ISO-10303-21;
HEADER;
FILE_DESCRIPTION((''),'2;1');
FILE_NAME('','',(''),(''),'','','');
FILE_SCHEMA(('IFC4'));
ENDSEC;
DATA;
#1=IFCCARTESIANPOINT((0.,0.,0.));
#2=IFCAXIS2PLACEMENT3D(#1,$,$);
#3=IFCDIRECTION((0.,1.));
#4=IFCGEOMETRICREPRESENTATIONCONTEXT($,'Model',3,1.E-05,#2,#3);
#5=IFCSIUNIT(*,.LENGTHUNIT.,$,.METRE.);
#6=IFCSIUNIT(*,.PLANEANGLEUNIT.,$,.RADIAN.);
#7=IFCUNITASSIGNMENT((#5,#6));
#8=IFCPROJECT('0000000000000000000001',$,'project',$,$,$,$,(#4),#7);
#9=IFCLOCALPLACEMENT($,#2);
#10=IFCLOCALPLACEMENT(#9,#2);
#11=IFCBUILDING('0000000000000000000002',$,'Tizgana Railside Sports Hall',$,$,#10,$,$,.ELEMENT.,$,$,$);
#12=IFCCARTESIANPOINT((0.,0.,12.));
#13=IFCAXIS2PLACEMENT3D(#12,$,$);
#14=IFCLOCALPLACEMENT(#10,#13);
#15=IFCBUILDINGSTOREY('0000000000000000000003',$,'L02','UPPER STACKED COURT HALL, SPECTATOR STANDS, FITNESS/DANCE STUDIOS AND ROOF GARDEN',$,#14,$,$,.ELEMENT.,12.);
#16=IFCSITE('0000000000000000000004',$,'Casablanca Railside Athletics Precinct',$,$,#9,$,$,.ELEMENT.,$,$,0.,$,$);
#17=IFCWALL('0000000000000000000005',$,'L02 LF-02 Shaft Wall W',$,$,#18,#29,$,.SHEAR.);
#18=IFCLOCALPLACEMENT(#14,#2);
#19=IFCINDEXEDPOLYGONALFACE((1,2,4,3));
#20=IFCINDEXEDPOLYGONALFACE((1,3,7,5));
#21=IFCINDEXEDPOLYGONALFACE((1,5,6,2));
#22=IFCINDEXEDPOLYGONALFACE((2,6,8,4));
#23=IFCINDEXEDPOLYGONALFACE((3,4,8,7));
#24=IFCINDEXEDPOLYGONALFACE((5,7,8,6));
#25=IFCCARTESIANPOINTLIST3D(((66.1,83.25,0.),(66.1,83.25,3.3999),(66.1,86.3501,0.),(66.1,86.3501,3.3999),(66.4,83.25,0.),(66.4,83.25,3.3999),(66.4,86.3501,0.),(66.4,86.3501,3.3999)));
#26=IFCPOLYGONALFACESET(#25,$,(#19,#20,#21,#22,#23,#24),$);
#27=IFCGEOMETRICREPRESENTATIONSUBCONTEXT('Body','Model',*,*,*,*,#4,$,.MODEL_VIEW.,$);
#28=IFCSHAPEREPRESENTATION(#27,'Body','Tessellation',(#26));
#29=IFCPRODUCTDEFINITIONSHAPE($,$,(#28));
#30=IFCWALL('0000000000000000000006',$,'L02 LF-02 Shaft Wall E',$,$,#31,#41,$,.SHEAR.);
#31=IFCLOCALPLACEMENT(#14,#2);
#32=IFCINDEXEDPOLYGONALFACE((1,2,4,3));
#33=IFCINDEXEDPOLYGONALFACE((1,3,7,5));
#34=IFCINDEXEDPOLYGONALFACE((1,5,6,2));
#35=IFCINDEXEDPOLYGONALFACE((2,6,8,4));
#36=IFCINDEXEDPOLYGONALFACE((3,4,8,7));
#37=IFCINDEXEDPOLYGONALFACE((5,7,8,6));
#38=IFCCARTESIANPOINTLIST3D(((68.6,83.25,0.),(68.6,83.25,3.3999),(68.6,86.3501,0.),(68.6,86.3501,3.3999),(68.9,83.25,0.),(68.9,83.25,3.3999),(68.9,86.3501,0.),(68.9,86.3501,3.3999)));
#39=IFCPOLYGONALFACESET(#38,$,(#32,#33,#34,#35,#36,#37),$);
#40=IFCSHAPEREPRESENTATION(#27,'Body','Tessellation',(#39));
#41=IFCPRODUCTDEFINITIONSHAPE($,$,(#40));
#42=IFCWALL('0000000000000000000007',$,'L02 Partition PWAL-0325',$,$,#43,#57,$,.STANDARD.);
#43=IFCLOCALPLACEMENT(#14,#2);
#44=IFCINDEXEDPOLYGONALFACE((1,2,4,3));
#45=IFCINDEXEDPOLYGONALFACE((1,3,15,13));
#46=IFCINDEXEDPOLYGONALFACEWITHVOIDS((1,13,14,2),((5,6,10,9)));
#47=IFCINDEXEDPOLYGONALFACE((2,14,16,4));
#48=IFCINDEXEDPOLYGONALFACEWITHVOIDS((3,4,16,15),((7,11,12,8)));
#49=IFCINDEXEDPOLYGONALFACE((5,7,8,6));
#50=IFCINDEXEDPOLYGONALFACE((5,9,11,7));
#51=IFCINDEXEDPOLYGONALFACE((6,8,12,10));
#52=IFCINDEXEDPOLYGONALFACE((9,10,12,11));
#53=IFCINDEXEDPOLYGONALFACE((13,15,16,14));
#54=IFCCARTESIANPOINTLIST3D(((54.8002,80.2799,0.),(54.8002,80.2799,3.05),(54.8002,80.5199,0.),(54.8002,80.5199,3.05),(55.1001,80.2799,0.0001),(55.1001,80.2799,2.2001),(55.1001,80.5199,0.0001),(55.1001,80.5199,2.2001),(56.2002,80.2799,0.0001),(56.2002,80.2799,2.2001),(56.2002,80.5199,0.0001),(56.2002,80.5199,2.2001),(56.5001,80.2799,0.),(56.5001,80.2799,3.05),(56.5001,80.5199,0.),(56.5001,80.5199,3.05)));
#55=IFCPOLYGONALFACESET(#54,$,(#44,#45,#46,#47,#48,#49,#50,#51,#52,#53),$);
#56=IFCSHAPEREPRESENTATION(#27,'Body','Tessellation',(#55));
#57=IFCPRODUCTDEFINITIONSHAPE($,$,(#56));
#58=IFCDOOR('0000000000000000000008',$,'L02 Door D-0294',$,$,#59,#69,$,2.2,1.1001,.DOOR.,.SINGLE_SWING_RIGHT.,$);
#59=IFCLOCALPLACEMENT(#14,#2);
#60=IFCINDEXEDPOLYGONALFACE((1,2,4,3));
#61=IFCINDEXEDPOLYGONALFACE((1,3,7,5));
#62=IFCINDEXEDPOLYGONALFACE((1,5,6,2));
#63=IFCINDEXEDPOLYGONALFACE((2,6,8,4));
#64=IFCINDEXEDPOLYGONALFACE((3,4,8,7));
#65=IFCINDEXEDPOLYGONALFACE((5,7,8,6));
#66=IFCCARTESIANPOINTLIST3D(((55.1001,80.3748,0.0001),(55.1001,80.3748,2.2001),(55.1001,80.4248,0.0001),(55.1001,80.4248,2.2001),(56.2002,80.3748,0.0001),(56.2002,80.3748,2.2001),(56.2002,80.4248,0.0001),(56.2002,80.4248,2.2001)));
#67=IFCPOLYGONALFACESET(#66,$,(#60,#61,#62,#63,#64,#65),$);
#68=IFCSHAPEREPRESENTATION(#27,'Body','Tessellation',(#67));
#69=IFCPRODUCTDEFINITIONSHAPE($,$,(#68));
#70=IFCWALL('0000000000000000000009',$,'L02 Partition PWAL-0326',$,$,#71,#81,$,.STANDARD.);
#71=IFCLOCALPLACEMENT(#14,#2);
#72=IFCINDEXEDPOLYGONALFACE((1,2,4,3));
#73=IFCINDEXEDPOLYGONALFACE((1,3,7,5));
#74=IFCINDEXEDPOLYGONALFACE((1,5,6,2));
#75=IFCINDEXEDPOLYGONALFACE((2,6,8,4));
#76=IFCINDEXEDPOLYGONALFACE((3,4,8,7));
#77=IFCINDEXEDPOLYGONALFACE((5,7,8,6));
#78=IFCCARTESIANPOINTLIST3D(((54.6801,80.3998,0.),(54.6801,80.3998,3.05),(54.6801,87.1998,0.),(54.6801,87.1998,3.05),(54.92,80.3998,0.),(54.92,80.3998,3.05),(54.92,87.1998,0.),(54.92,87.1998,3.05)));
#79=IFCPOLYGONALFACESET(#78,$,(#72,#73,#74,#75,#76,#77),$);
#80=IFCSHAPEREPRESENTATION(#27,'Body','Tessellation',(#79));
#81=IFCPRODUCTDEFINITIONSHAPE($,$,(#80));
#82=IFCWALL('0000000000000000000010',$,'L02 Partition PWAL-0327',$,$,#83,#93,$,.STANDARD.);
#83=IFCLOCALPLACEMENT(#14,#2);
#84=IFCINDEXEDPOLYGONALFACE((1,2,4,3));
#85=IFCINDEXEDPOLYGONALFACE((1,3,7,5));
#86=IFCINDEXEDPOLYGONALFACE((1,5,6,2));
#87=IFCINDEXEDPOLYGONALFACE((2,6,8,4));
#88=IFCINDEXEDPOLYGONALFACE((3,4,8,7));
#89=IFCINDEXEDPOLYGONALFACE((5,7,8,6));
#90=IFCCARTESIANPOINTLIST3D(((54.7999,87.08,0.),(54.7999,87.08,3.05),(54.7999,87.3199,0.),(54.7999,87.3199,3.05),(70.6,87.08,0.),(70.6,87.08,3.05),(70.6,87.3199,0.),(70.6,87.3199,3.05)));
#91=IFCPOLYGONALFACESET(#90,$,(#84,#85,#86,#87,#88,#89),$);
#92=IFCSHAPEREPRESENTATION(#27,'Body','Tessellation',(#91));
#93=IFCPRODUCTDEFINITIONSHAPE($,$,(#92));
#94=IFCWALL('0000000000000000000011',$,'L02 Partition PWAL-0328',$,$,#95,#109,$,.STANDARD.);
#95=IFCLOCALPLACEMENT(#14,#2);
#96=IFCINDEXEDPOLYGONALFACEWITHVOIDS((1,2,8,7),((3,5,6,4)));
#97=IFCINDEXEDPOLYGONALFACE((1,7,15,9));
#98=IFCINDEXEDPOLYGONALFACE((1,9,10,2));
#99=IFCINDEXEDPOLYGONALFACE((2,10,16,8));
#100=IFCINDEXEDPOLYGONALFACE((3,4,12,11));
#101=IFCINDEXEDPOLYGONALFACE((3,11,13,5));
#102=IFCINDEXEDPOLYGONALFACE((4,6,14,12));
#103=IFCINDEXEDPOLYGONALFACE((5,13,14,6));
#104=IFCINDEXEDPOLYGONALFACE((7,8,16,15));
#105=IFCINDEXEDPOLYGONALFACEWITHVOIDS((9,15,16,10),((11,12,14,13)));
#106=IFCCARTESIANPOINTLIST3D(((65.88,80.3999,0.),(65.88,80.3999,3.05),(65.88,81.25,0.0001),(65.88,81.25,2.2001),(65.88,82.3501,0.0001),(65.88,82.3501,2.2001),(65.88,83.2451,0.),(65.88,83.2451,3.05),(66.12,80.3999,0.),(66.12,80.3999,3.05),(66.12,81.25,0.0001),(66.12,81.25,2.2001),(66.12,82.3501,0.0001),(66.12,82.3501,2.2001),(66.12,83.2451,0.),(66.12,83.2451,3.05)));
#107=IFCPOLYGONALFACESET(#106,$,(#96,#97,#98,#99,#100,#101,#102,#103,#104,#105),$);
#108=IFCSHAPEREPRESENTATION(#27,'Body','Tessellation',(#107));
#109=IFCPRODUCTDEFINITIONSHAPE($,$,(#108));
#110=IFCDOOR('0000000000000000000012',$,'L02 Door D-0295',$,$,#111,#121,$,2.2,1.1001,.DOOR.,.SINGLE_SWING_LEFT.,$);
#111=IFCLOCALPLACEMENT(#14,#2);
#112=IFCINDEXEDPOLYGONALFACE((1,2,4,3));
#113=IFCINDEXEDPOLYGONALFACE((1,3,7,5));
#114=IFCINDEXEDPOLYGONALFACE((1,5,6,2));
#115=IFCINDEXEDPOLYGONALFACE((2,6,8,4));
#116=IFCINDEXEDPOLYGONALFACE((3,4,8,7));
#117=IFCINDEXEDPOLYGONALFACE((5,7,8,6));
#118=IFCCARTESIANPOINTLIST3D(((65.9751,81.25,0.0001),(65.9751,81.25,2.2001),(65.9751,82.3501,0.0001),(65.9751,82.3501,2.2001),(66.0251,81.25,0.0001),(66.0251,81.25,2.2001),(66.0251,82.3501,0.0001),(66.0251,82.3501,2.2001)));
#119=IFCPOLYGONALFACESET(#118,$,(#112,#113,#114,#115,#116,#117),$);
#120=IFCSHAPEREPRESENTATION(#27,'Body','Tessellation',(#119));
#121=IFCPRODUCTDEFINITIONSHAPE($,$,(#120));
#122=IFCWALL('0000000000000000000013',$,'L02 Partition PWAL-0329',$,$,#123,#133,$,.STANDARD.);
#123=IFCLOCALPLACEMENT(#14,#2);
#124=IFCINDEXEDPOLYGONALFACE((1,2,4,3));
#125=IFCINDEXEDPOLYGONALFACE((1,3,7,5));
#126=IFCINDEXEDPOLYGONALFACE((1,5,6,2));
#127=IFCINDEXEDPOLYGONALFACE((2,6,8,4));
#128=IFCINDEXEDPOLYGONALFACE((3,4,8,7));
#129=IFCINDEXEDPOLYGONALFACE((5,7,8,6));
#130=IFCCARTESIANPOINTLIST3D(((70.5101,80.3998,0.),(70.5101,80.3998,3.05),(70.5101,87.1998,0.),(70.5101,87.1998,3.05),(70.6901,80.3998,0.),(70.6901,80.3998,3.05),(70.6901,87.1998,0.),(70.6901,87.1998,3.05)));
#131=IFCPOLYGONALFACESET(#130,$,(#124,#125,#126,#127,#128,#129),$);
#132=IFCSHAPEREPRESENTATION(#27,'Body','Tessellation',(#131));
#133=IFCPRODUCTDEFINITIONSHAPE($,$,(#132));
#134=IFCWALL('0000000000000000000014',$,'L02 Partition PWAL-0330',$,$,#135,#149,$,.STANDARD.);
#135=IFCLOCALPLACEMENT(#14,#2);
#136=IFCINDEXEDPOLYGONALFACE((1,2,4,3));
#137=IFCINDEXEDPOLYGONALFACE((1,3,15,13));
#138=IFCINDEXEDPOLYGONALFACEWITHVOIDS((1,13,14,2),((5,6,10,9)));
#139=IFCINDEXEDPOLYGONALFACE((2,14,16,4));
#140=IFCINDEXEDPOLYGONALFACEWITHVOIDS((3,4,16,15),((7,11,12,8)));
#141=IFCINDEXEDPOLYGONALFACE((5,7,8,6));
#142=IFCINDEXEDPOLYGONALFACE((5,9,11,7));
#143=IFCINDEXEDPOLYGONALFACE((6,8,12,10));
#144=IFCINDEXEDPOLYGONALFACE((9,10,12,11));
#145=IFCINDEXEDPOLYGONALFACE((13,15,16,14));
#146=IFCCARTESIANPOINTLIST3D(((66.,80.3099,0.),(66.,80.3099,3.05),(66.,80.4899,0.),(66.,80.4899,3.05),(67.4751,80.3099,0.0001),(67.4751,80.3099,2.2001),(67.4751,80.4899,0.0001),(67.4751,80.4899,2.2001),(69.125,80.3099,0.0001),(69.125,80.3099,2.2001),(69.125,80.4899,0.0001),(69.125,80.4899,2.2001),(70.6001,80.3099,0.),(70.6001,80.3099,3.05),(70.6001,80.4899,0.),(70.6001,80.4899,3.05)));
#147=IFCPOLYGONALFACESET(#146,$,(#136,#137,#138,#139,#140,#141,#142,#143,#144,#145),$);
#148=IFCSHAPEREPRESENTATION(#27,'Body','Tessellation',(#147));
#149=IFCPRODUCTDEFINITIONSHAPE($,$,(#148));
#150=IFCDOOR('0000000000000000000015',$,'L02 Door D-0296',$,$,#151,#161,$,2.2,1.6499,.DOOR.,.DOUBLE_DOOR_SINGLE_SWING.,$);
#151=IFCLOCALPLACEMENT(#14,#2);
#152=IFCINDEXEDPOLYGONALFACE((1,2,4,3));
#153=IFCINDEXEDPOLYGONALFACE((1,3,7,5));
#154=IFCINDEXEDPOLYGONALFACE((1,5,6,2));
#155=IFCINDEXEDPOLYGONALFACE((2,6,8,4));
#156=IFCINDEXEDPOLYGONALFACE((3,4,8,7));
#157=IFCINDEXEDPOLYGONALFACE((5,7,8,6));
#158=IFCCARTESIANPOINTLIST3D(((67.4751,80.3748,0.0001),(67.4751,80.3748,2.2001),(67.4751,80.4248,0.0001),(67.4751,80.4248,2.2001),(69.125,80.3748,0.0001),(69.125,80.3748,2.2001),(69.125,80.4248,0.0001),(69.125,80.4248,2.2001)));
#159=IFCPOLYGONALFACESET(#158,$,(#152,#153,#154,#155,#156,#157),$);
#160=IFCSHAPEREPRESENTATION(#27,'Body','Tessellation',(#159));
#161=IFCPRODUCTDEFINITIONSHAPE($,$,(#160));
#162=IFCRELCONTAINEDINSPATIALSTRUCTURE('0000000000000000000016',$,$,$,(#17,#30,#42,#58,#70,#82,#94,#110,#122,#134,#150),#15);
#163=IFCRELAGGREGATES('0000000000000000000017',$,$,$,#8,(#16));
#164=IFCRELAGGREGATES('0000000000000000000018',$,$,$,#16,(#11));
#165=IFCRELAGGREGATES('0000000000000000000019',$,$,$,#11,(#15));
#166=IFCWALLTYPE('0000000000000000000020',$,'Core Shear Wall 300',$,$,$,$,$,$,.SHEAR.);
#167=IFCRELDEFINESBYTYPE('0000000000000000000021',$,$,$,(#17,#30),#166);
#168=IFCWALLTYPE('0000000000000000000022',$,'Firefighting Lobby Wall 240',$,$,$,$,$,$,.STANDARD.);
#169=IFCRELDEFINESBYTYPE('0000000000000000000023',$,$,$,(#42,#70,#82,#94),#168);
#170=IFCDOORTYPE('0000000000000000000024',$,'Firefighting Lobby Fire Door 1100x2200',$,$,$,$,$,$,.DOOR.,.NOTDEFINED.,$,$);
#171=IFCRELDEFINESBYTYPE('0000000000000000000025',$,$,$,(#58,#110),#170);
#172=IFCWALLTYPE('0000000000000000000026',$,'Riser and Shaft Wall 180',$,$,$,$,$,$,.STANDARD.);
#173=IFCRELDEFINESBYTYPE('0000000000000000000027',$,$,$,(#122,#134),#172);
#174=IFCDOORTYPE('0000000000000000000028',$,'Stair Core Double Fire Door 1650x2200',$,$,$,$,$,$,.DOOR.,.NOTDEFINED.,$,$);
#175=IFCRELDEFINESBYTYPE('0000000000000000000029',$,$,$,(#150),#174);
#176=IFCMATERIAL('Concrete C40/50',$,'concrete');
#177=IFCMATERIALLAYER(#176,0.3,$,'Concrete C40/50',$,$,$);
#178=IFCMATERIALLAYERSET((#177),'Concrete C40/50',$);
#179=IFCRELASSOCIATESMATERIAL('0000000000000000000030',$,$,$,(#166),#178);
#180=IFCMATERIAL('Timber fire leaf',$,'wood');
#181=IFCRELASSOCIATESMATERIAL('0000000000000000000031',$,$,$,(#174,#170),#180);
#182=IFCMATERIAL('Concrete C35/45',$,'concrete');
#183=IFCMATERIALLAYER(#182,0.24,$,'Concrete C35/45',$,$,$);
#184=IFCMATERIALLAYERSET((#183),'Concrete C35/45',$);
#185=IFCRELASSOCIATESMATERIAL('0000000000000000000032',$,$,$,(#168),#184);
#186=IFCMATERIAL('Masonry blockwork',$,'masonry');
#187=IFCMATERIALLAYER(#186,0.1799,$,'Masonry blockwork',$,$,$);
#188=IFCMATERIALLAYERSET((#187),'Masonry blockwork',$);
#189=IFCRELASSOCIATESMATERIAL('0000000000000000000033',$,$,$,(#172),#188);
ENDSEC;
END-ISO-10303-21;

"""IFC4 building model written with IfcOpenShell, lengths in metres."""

from ifc_helpers import new_model, si_unit, direction, frame, frame_2d, origin, place, context, subcontext, project, spatial, rectangle, extrude, material, layer, layer_set, type_object, element, fill, save


model = new_model("IFC4")

# Units and contexts
model_context = context("Model", 3, precision=1e-05, world=origin(), true_north=direction((0.0, 1.0)))
body_context = subcontext(model_context, "Body", "Model", "MODEL_VIEW")
ifc_project = project(units=[si_unit("LENGTHUNIT", "METRE"), si_unit("PLANEANGLEUNIT", "RADIAN")], contexts=[model_context])

# Site, building, storey
site_placement = place(None, origin())
site = spatial("IfcSite", under=ifc_project, at=site_placement, Name="Casablanca Railside Athletics Precinct", CompositionType="ELEMENT", RefElevation=0.0)
building_placement = place(site_placement, origin())
building = spatial("IfcBuilding", under=site, at=building_placement, Name="Tizgana Railside Sports Hall", CompositionType="ELEMENT")
storey_placement = place(building_placement, frame((0.0, 0.0, 12.0)))
storey = spatial("IfcBuildingStorey", under=building, at=storey_placement, Name="L02", Description="UPPER STACKED COURT HALL, SPECTATOR STANDS, FITNESS/DANCE STUDIOS AND ROOF GARDEN", CompositionType="ELEMENT", Elevation=12.0)

# Shared definitions
ifc_material_1 = material(Name="Concrete C35/45", Category="concrete")

# Shared definitions
ifc_material_2 = material(Name="Concrete C40/50", Category="concrete")
ifc_layer_1 = layer(ifc_material_2, 0.3, Name="Concrete C40/50")
ifc_layer_set_1 = layer_set([ifc_layer_1], Name="Concrete C40/50")
wall_type_1 = type_object("IfcWallType", Name="Core Shear Wall 300", PredefinedType="SHEAR", material=ifc_layer_set_1)

# Shared definitions
ifc_material_3 = material(Name="Timber fire leaf", Category="wood")
door_type_1 = type_object("IfcDoorType", Name="Stair Core Double Fire Door 1650x2200", OperationType="NOTDEFINED", PredefinedType="DOOR", material=ifc_material_3)

# Walls
for number, where, z_axis, x_axis, name in (
    (1, (66.25, 83.25, 0.0), (0.0, 0.0, 1.0), (0.0, 1.0, 0.0), "L02 LF-02 Shaft Wall W"),
    (2, (68.75, 83.25, 0.0), (0.0, 0.0, 1.0), (0.0, 1.0, 0.0), "L02 LF-02 Shaft Wall E"),
):
    element("IfcWall", number, at=place(storey_placement, frame(where, z_axis=z_axis, x_axis=x_axis)), inside=storey, type_object=wall_type_1, Name=name, PredefinedType="SHEAR", context=body_context, shape_type="SweptSolid", body=[
        extrude(rectangle(XDim=3.1001, YDim=0.3, at=frame_2d((1.55, 0.0))), origin(), (0.0, 0.0, 1.0), 3.3999),
    ])

# Wall, opening, door
ifc_layer_2 = layer(ifc_material_1, 0.24, Name="Concrete C35/45")
ifc_layer_set_2 = layer_set([ifc_layer_2], Name="Concrete C35/45")
wall_type_2 = type_object("IfcWallType", Name="Firefighting Lobby Wall 240", PredefinedType="STANDARD", material=ifc_layer_set_2)
wall_1_placement = place(storey_placement, frame((54.8, 80.3999, 0.0), z_axis=(0.0, 0.0, 1.0), x_axis=(1.0, 0.0, 0.0)))
wall_1 = element("IfcWall", 3, at=wall_1_placement, inside=storey, type_object=wall_type_2, Name="L02 Partition PWAL-0325", PredefinedType="STANDARD", context=body_context, shape_type="SweptSolid", body=[
    extrude(rectangle(XDim=1.7, YDim=0.24, at=frame_2d((0.8501, 0.0))), origin(), (0.0, 0.0, 1.0), 3.05),
])
opening_1_placement = place(wall_1_placement, frame((0.3, 0.0, 0.0)))
opening_1 = element("IfcOpeningElement", 4, at=opening_1_placement, cuts=wall_1, PredefinedType="OPENING", context=body_context, shape_type="SweptSolid", body=[
    extrude(rectangle(XDim=1.1001, YDim=2.2, at=frame_2d((0.55, 1.1001))), frame((0.0, 0.1299, 0.0), z_axis=(0.0, -1.0, 0.0), x_axis=(1.0, 0.0, 0.0)), (0.0, 0.0, 1.0), 0.26),
])
door_type_2 = type_object("IfcDoorType", Name="Firefighting Lobby Fire Door 1100x2200", OperationType="NOTDEFINED", PredefinedType="DOOR", material=ifc_material_3)
door_1_placement = place(opening_1_placement, origin())
door_1 = element("IfcDoor", 5, at=door_1_placement, inside=storey, type_object=door_type_2, Name="L02 Door D-0294", OperationType="SINGLE_SWING_RIGHT", OverallHeight=2.2, OverallWidth=1.1001, PredefinedType="DOOR", context=body_context, shape_type="SweptSolid", body=[
    extrude(rectangle(XDim=1.1001, YDim=2.2, at=frame_2d((0.55, 1.1001))), frame((0.0, 0.0249, 0.0), z_axis=(0.0, -1.0, 0.0), x_axis=(1.0, 0.0, 0.0)), (0.0, 0.0, 1.0), 0.05),
])
fill(opening_1, door_1)

# Walls
wall_2_placement = place(storey_placement, frame((54.8, 80.3999, 0.0), z_axis=(0.0, 0.0, 1.0), x_axis=(0.0, 1.0, 0.0)))
element("IfcWall", 6, at=wall_2_placement, inside=storey, type_object=wall_type_2, Name="L02 Partition PWAL-0326", PredefinedType="STANDARD", context=body_context, shape_type="SweptSolid", body=[
    extrude(rectangle(XDim=6.8, YDim=0.24, at=frame_2d((3.3999, 0.0))), origin(), (0.0, 0.0, 1.0), 3.05),
])
wall_3_placement = place(storey_placement, frame((54.8, 87.2, 0.0), z_axis=(0.0, 0.0, 1.0), x_axis=(1.0, 0.0, 0.0)))
element("IfcWall", 7, at=wall_3_placement, inside=storey, type_object=wall_type_2, Name="L02 Partition PWAL-0327", PredefinedType="STANDARD", context=body_context, shape_type="SweptSolid", body=[
    extrude(rectangle(XDim=15.8, YDim=0.24, at=frame_2d((7.8999, 0.0))), origin(), (0.0, 0.0, 1.0), 3.05),
])

# Wall, opening, door
wall_4_placement = place(storey_placement, frame((66.0, 80.3999, 0.0), z_axis=(0.0, 0.0, 1.0), x_axis=(0.0, 1.0, 0.0)))
wall_4 = element("IfcWall", 8, at=wall_4_placement, inside=storey, type_object=wall_type_2, Name="L02 Partition PWAL-0328", PredefinedType="STANDARD", context=body_context, shape_type="SweptSolid", body=[
    extrude(rectangle(XDim=2.8452, YDim=0.24, at=frame_2d((1.4226, 0.0))), origin(), (0.0, 0.0, 1.0), 3.05),
])
opening_2_placement = place(wall_4_placement, frame((0.8501, 0.0, 0.0)))
opening_2 = element("IfcOpeningElement", 9, at=opening_2_placement, cuts=wall_4, PredefinedType="OPENING", context=body_context, shape_type="SweptSolid", body=[
    extrude(rectangle(XDim=1.1001, YDim=2.2, at=frame_2d((0.55, 1.1001))), frame((0.0, 0.1299, 0.0), z_axis=(0.0, -1.0, 0.0), x_axis=(1.0, 0.0, 0.0)), (0.0, 0.0, 1.0), 0.26),
])
door_2_placement = place(opening_2_placement, origin())
door_2 = element("IfcDoor", 10, at=door_2_placement, inside=storey, type_object=door_type_2, Name="L02 Door D-0295", OperationType="SINGLE_SWING_LEFT", OverallHeight=2.2, OverallWidth=1.1001, PredefinedType="DOOR", context=body_context, shape_type="SweptSolid", body=[
    extrude(rectangle(XDim=1.1001, YDim=2.2, at=frame_2d((0.55, 1.1001))), frame((0.0, 0.0249, 0.0), z_axis=(0.0, -1.0, 0.0), x_axis=(1.0, 0.0, 0.0)), (0.0, 0.0, 1.0), 0.05),
])
fill(opening_2, door_2)

# Wall
ifc_material_4 = material(Name="Masonry blockwork", Category="masonry")
ifc_layer_3 = layer(ifc_material_4, 0.1799, Name="Masonry blockwork")
ifc_layer_set_3 = layer_set([ifc_layer_3], Name="Masonry blockwork")
wall_type_3 = type_object("IfcWallType", Name="Riser and Shaft Wall 180", PredefinedType="STANDARD", material=ifc_layer_set_3)
wall_5_placement = place(storey_placement, frame((70.6001, 80.3999, 0.0), z_axis=(0.0, 0.0, 1.0), x_axis=(0.0, 1.0, 0.0)))
element("IfcWall", 11, at=wall_5_placement, inside=storey, type_object=wall_type_3, Name="L02 Partition PWAL-0329", PredefinedType="STANDARD", context=body_context, shape_type="SweptSolid", body=[
    extrude(rectangle(XDim=6.8, YDim=0.1799, at=frame_2d((3.3999, 0.0))), origin(), (0.0, 0.0, 1.0), 3.05),
])

# Wall, opening, door
wall_6_placement = place(storey_placement, frame((66.0, 80.3999, 0.0), z_axis=(0.0, 0.0, 1.0), x_axis=(1.0, 0.0, 0.0)))
wall_6 = element("IfcWall", 12, at=wall_6_placement, inside=storey, type_object=wall_type_3, Name="L02 Partition PWAL-0330", PredefinedType="STANDARD", context=body_context, shape_type="SweptSolid", body=[
    extrude(rectangle(XDim=4.6001, YDim=0.1799, at=frame_2d((2.3, 0.0))), origin(), (0.0, 0.0, 1.0), 3.05),
])
opening_3_placement = place(wall_6_placement, frame((1.4751, 0.0, 0.0)))
opening_3 = element("IfcOpeningElement", 13, at=opening_3_placement, cuts=wall_6, PredefinedType="OPENING", context=body_context, shape_type="SweptSolid", body=[
    extrude(rectangle(XDim=1.6499, YDim=2.2, at=frame_2d((0.825, 1.1001))), frame((0.0, 0.0999, 0.0), z_axis=(0.0, -1.0, 0.0), x_axis=(1.0, 0.0, 0.0)), (0.0, 0.0, 1.0), 0.2),
])
door_3_placement = place(opening_3_placement, origin())
door_3 = element("IfcDoor", 14, at=door_3_placement, inside=storey, type_object=door_type_1, Name="L02 Door D-0296", OperationType="DOUBLE_DOOR_SINGLE_SWING", OverallHeight=2.2, OverallWidth=1.6499, PredefinedType="DOOR", context=body_context, shape_type="SweptSolid", body=[
    extrude(rectangle(XDim=1.6499, YDim=2.2, at=frame_2d((0.825, 1.1001))), frame((0.0, 0.0249, 0.0), z_axis=(0.0, -1.0, 0.0), x_axis=(1.0, 0.0, 0.0)), (0.0, 0.0, 1.0), 0.05),
])
fill(opening_3, door_3)

save(model, "model.ifc")
